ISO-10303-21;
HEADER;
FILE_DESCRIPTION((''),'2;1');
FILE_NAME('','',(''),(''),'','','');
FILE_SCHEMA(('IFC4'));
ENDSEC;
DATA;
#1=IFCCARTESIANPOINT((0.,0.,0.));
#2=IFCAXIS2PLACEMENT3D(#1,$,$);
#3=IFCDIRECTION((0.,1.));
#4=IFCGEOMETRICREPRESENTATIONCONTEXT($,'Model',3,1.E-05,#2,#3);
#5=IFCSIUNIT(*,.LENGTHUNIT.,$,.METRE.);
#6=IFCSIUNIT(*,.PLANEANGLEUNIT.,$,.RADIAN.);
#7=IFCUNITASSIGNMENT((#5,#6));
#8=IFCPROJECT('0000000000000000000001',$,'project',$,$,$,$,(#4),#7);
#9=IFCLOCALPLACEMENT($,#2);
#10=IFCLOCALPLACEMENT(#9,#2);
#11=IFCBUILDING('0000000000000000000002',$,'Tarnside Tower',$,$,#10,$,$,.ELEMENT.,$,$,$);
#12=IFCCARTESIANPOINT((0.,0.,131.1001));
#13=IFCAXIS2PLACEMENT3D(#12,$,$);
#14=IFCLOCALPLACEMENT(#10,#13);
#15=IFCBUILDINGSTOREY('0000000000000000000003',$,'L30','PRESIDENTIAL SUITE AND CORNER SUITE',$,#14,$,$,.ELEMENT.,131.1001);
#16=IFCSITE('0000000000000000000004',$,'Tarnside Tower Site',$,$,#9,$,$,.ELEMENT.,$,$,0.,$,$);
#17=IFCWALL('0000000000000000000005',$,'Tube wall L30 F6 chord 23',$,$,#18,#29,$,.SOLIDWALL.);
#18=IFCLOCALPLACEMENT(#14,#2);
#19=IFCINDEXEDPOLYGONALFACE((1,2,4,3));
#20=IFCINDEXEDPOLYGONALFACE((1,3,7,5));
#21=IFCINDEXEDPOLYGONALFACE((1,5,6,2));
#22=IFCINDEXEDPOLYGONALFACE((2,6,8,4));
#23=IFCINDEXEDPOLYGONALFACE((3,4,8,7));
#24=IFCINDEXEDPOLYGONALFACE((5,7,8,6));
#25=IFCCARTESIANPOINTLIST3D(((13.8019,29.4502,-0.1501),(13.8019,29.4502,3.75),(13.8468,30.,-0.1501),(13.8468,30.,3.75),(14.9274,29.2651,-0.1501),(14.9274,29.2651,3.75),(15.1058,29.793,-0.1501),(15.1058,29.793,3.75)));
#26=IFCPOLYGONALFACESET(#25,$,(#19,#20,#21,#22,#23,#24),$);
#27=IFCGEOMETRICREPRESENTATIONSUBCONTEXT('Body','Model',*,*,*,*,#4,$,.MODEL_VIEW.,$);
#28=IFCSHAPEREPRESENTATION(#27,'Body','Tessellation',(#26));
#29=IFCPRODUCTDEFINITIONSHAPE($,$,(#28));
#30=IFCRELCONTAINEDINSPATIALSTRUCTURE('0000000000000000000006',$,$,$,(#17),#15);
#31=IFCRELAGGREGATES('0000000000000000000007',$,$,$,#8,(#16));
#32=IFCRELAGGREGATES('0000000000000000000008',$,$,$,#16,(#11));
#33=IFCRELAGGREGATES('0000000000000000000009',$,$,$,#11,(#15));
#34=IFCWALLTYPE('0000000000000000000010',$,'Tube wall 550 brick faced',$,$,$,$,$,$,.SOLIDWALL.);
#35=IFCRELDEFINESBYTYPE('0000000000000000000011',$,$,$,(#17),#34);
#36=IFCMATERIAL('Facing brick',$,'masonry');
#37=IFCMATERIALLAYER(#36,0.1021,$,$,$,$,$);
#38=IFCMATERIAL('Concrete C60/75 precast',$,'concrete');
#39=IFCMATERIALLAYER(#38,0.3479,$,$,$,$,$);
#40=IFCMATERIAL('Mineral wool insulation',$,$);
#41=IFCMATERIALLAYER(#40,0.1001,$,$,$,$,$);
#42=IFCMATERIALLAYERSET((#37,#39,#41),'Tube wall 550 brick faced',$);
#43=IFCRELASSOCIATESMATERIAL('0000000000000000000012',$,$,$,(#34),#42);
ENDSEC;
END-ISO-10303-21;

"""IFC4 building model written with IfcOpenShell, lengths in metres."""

from ifc_helpers import new_model, si_unit, direction, frame, origin, place, context, subcontext, project, spatial, polyline, outline, extrude, material, layer, layer_set, type_object, element, save


model = new_model("IFC4")

# Units and contexts
model_context = context("Model", 3, precision=1e-05, world=origin(), true_north=direction((0.0, 1.0)))
body_context = subcontext(model_context, "Body", "Model", "MODEL_VIEW")
ifc_project = project(units=[si_unit("LENGTHUNIT", "METRE"), si_unit("PLANEANGLEUNIT", "RADIAN")], contexts=[model_context])

# Site, building, storey
site_placement = place(None, origin())
site = spatial("IfcSite", under=ifc_project, at=site_placement, Name="Tarnside Tower Site", CompositionType="ELEMENT", RefElevation=0.0)
building_placement = place(site_placement, origin())
building = spatial("IfcBuilding", under=site, at=building_placement, Name="Tarnside Tower", CompositionType="ELEMENT")
storey_placement = place(building_placement, frame((0.0, 0.0, 131.1001)))
storey = spatial("IfcBuildingStorey", under=building, at=storey_placement, Name="L30", Description="PRESIDENTIAL SUITE AND CORNER SUITE", CompositionType="ELEMENT", Elevation=131.1001)

# Shared definitions
ifc_material_1 = material(Name="Facing brick", Category="masonry")
ifc_layer_1 = layer(ifc_material_1, 0.1021)
ifc_material_2 = material(Name="Concrete C60/75 precast", Category="concrete")
ifc_layer_2 = layer(ifc_material_2, 0.3479)
ifc_material_3 = material(Name="Mineral wool insulation")
ifc_layer_3 = layer(ifc_material_3, 0.1001)
ifc_layer_set_1 = layer_set([ifc_layer_1, ifc_layer_2, ifc_layer_3], Name="Tube wall 550 brick faced")
wall_type_1 = type_object("IfcWallType", Name="Tube wall 550 brick faced", PredefinedType="SOLIDWALL", material=ifc_layer_set_1)

# Wall
wall_1_placement = place(storey_placement, frame((15.0166, 29.5291, -0.1501), z_axis=(0.0, 0.0, 1.0), x_axis=(-0.986747, 0.162269, 0.0)))
element("IfcWall", 1, at=wall_1_placement, inside=storey, type_object=wall_type_1, Name="Tube wall L30 F6 chord 23", PredefinedType="SOLIDWALL", context=body_context, shape_type="SweptSolid", body=[
    extrude(outline(polyline([(-0.0452, -0.2749), (1.2307, -0.2749), (1.1858, 0.2749), (0.0452, 0.2749), (-0.0452, -0.2749)])), origin(), (0.0, 0.0, 1.0), 3.9001),
])

save(model, "model.ifc")
